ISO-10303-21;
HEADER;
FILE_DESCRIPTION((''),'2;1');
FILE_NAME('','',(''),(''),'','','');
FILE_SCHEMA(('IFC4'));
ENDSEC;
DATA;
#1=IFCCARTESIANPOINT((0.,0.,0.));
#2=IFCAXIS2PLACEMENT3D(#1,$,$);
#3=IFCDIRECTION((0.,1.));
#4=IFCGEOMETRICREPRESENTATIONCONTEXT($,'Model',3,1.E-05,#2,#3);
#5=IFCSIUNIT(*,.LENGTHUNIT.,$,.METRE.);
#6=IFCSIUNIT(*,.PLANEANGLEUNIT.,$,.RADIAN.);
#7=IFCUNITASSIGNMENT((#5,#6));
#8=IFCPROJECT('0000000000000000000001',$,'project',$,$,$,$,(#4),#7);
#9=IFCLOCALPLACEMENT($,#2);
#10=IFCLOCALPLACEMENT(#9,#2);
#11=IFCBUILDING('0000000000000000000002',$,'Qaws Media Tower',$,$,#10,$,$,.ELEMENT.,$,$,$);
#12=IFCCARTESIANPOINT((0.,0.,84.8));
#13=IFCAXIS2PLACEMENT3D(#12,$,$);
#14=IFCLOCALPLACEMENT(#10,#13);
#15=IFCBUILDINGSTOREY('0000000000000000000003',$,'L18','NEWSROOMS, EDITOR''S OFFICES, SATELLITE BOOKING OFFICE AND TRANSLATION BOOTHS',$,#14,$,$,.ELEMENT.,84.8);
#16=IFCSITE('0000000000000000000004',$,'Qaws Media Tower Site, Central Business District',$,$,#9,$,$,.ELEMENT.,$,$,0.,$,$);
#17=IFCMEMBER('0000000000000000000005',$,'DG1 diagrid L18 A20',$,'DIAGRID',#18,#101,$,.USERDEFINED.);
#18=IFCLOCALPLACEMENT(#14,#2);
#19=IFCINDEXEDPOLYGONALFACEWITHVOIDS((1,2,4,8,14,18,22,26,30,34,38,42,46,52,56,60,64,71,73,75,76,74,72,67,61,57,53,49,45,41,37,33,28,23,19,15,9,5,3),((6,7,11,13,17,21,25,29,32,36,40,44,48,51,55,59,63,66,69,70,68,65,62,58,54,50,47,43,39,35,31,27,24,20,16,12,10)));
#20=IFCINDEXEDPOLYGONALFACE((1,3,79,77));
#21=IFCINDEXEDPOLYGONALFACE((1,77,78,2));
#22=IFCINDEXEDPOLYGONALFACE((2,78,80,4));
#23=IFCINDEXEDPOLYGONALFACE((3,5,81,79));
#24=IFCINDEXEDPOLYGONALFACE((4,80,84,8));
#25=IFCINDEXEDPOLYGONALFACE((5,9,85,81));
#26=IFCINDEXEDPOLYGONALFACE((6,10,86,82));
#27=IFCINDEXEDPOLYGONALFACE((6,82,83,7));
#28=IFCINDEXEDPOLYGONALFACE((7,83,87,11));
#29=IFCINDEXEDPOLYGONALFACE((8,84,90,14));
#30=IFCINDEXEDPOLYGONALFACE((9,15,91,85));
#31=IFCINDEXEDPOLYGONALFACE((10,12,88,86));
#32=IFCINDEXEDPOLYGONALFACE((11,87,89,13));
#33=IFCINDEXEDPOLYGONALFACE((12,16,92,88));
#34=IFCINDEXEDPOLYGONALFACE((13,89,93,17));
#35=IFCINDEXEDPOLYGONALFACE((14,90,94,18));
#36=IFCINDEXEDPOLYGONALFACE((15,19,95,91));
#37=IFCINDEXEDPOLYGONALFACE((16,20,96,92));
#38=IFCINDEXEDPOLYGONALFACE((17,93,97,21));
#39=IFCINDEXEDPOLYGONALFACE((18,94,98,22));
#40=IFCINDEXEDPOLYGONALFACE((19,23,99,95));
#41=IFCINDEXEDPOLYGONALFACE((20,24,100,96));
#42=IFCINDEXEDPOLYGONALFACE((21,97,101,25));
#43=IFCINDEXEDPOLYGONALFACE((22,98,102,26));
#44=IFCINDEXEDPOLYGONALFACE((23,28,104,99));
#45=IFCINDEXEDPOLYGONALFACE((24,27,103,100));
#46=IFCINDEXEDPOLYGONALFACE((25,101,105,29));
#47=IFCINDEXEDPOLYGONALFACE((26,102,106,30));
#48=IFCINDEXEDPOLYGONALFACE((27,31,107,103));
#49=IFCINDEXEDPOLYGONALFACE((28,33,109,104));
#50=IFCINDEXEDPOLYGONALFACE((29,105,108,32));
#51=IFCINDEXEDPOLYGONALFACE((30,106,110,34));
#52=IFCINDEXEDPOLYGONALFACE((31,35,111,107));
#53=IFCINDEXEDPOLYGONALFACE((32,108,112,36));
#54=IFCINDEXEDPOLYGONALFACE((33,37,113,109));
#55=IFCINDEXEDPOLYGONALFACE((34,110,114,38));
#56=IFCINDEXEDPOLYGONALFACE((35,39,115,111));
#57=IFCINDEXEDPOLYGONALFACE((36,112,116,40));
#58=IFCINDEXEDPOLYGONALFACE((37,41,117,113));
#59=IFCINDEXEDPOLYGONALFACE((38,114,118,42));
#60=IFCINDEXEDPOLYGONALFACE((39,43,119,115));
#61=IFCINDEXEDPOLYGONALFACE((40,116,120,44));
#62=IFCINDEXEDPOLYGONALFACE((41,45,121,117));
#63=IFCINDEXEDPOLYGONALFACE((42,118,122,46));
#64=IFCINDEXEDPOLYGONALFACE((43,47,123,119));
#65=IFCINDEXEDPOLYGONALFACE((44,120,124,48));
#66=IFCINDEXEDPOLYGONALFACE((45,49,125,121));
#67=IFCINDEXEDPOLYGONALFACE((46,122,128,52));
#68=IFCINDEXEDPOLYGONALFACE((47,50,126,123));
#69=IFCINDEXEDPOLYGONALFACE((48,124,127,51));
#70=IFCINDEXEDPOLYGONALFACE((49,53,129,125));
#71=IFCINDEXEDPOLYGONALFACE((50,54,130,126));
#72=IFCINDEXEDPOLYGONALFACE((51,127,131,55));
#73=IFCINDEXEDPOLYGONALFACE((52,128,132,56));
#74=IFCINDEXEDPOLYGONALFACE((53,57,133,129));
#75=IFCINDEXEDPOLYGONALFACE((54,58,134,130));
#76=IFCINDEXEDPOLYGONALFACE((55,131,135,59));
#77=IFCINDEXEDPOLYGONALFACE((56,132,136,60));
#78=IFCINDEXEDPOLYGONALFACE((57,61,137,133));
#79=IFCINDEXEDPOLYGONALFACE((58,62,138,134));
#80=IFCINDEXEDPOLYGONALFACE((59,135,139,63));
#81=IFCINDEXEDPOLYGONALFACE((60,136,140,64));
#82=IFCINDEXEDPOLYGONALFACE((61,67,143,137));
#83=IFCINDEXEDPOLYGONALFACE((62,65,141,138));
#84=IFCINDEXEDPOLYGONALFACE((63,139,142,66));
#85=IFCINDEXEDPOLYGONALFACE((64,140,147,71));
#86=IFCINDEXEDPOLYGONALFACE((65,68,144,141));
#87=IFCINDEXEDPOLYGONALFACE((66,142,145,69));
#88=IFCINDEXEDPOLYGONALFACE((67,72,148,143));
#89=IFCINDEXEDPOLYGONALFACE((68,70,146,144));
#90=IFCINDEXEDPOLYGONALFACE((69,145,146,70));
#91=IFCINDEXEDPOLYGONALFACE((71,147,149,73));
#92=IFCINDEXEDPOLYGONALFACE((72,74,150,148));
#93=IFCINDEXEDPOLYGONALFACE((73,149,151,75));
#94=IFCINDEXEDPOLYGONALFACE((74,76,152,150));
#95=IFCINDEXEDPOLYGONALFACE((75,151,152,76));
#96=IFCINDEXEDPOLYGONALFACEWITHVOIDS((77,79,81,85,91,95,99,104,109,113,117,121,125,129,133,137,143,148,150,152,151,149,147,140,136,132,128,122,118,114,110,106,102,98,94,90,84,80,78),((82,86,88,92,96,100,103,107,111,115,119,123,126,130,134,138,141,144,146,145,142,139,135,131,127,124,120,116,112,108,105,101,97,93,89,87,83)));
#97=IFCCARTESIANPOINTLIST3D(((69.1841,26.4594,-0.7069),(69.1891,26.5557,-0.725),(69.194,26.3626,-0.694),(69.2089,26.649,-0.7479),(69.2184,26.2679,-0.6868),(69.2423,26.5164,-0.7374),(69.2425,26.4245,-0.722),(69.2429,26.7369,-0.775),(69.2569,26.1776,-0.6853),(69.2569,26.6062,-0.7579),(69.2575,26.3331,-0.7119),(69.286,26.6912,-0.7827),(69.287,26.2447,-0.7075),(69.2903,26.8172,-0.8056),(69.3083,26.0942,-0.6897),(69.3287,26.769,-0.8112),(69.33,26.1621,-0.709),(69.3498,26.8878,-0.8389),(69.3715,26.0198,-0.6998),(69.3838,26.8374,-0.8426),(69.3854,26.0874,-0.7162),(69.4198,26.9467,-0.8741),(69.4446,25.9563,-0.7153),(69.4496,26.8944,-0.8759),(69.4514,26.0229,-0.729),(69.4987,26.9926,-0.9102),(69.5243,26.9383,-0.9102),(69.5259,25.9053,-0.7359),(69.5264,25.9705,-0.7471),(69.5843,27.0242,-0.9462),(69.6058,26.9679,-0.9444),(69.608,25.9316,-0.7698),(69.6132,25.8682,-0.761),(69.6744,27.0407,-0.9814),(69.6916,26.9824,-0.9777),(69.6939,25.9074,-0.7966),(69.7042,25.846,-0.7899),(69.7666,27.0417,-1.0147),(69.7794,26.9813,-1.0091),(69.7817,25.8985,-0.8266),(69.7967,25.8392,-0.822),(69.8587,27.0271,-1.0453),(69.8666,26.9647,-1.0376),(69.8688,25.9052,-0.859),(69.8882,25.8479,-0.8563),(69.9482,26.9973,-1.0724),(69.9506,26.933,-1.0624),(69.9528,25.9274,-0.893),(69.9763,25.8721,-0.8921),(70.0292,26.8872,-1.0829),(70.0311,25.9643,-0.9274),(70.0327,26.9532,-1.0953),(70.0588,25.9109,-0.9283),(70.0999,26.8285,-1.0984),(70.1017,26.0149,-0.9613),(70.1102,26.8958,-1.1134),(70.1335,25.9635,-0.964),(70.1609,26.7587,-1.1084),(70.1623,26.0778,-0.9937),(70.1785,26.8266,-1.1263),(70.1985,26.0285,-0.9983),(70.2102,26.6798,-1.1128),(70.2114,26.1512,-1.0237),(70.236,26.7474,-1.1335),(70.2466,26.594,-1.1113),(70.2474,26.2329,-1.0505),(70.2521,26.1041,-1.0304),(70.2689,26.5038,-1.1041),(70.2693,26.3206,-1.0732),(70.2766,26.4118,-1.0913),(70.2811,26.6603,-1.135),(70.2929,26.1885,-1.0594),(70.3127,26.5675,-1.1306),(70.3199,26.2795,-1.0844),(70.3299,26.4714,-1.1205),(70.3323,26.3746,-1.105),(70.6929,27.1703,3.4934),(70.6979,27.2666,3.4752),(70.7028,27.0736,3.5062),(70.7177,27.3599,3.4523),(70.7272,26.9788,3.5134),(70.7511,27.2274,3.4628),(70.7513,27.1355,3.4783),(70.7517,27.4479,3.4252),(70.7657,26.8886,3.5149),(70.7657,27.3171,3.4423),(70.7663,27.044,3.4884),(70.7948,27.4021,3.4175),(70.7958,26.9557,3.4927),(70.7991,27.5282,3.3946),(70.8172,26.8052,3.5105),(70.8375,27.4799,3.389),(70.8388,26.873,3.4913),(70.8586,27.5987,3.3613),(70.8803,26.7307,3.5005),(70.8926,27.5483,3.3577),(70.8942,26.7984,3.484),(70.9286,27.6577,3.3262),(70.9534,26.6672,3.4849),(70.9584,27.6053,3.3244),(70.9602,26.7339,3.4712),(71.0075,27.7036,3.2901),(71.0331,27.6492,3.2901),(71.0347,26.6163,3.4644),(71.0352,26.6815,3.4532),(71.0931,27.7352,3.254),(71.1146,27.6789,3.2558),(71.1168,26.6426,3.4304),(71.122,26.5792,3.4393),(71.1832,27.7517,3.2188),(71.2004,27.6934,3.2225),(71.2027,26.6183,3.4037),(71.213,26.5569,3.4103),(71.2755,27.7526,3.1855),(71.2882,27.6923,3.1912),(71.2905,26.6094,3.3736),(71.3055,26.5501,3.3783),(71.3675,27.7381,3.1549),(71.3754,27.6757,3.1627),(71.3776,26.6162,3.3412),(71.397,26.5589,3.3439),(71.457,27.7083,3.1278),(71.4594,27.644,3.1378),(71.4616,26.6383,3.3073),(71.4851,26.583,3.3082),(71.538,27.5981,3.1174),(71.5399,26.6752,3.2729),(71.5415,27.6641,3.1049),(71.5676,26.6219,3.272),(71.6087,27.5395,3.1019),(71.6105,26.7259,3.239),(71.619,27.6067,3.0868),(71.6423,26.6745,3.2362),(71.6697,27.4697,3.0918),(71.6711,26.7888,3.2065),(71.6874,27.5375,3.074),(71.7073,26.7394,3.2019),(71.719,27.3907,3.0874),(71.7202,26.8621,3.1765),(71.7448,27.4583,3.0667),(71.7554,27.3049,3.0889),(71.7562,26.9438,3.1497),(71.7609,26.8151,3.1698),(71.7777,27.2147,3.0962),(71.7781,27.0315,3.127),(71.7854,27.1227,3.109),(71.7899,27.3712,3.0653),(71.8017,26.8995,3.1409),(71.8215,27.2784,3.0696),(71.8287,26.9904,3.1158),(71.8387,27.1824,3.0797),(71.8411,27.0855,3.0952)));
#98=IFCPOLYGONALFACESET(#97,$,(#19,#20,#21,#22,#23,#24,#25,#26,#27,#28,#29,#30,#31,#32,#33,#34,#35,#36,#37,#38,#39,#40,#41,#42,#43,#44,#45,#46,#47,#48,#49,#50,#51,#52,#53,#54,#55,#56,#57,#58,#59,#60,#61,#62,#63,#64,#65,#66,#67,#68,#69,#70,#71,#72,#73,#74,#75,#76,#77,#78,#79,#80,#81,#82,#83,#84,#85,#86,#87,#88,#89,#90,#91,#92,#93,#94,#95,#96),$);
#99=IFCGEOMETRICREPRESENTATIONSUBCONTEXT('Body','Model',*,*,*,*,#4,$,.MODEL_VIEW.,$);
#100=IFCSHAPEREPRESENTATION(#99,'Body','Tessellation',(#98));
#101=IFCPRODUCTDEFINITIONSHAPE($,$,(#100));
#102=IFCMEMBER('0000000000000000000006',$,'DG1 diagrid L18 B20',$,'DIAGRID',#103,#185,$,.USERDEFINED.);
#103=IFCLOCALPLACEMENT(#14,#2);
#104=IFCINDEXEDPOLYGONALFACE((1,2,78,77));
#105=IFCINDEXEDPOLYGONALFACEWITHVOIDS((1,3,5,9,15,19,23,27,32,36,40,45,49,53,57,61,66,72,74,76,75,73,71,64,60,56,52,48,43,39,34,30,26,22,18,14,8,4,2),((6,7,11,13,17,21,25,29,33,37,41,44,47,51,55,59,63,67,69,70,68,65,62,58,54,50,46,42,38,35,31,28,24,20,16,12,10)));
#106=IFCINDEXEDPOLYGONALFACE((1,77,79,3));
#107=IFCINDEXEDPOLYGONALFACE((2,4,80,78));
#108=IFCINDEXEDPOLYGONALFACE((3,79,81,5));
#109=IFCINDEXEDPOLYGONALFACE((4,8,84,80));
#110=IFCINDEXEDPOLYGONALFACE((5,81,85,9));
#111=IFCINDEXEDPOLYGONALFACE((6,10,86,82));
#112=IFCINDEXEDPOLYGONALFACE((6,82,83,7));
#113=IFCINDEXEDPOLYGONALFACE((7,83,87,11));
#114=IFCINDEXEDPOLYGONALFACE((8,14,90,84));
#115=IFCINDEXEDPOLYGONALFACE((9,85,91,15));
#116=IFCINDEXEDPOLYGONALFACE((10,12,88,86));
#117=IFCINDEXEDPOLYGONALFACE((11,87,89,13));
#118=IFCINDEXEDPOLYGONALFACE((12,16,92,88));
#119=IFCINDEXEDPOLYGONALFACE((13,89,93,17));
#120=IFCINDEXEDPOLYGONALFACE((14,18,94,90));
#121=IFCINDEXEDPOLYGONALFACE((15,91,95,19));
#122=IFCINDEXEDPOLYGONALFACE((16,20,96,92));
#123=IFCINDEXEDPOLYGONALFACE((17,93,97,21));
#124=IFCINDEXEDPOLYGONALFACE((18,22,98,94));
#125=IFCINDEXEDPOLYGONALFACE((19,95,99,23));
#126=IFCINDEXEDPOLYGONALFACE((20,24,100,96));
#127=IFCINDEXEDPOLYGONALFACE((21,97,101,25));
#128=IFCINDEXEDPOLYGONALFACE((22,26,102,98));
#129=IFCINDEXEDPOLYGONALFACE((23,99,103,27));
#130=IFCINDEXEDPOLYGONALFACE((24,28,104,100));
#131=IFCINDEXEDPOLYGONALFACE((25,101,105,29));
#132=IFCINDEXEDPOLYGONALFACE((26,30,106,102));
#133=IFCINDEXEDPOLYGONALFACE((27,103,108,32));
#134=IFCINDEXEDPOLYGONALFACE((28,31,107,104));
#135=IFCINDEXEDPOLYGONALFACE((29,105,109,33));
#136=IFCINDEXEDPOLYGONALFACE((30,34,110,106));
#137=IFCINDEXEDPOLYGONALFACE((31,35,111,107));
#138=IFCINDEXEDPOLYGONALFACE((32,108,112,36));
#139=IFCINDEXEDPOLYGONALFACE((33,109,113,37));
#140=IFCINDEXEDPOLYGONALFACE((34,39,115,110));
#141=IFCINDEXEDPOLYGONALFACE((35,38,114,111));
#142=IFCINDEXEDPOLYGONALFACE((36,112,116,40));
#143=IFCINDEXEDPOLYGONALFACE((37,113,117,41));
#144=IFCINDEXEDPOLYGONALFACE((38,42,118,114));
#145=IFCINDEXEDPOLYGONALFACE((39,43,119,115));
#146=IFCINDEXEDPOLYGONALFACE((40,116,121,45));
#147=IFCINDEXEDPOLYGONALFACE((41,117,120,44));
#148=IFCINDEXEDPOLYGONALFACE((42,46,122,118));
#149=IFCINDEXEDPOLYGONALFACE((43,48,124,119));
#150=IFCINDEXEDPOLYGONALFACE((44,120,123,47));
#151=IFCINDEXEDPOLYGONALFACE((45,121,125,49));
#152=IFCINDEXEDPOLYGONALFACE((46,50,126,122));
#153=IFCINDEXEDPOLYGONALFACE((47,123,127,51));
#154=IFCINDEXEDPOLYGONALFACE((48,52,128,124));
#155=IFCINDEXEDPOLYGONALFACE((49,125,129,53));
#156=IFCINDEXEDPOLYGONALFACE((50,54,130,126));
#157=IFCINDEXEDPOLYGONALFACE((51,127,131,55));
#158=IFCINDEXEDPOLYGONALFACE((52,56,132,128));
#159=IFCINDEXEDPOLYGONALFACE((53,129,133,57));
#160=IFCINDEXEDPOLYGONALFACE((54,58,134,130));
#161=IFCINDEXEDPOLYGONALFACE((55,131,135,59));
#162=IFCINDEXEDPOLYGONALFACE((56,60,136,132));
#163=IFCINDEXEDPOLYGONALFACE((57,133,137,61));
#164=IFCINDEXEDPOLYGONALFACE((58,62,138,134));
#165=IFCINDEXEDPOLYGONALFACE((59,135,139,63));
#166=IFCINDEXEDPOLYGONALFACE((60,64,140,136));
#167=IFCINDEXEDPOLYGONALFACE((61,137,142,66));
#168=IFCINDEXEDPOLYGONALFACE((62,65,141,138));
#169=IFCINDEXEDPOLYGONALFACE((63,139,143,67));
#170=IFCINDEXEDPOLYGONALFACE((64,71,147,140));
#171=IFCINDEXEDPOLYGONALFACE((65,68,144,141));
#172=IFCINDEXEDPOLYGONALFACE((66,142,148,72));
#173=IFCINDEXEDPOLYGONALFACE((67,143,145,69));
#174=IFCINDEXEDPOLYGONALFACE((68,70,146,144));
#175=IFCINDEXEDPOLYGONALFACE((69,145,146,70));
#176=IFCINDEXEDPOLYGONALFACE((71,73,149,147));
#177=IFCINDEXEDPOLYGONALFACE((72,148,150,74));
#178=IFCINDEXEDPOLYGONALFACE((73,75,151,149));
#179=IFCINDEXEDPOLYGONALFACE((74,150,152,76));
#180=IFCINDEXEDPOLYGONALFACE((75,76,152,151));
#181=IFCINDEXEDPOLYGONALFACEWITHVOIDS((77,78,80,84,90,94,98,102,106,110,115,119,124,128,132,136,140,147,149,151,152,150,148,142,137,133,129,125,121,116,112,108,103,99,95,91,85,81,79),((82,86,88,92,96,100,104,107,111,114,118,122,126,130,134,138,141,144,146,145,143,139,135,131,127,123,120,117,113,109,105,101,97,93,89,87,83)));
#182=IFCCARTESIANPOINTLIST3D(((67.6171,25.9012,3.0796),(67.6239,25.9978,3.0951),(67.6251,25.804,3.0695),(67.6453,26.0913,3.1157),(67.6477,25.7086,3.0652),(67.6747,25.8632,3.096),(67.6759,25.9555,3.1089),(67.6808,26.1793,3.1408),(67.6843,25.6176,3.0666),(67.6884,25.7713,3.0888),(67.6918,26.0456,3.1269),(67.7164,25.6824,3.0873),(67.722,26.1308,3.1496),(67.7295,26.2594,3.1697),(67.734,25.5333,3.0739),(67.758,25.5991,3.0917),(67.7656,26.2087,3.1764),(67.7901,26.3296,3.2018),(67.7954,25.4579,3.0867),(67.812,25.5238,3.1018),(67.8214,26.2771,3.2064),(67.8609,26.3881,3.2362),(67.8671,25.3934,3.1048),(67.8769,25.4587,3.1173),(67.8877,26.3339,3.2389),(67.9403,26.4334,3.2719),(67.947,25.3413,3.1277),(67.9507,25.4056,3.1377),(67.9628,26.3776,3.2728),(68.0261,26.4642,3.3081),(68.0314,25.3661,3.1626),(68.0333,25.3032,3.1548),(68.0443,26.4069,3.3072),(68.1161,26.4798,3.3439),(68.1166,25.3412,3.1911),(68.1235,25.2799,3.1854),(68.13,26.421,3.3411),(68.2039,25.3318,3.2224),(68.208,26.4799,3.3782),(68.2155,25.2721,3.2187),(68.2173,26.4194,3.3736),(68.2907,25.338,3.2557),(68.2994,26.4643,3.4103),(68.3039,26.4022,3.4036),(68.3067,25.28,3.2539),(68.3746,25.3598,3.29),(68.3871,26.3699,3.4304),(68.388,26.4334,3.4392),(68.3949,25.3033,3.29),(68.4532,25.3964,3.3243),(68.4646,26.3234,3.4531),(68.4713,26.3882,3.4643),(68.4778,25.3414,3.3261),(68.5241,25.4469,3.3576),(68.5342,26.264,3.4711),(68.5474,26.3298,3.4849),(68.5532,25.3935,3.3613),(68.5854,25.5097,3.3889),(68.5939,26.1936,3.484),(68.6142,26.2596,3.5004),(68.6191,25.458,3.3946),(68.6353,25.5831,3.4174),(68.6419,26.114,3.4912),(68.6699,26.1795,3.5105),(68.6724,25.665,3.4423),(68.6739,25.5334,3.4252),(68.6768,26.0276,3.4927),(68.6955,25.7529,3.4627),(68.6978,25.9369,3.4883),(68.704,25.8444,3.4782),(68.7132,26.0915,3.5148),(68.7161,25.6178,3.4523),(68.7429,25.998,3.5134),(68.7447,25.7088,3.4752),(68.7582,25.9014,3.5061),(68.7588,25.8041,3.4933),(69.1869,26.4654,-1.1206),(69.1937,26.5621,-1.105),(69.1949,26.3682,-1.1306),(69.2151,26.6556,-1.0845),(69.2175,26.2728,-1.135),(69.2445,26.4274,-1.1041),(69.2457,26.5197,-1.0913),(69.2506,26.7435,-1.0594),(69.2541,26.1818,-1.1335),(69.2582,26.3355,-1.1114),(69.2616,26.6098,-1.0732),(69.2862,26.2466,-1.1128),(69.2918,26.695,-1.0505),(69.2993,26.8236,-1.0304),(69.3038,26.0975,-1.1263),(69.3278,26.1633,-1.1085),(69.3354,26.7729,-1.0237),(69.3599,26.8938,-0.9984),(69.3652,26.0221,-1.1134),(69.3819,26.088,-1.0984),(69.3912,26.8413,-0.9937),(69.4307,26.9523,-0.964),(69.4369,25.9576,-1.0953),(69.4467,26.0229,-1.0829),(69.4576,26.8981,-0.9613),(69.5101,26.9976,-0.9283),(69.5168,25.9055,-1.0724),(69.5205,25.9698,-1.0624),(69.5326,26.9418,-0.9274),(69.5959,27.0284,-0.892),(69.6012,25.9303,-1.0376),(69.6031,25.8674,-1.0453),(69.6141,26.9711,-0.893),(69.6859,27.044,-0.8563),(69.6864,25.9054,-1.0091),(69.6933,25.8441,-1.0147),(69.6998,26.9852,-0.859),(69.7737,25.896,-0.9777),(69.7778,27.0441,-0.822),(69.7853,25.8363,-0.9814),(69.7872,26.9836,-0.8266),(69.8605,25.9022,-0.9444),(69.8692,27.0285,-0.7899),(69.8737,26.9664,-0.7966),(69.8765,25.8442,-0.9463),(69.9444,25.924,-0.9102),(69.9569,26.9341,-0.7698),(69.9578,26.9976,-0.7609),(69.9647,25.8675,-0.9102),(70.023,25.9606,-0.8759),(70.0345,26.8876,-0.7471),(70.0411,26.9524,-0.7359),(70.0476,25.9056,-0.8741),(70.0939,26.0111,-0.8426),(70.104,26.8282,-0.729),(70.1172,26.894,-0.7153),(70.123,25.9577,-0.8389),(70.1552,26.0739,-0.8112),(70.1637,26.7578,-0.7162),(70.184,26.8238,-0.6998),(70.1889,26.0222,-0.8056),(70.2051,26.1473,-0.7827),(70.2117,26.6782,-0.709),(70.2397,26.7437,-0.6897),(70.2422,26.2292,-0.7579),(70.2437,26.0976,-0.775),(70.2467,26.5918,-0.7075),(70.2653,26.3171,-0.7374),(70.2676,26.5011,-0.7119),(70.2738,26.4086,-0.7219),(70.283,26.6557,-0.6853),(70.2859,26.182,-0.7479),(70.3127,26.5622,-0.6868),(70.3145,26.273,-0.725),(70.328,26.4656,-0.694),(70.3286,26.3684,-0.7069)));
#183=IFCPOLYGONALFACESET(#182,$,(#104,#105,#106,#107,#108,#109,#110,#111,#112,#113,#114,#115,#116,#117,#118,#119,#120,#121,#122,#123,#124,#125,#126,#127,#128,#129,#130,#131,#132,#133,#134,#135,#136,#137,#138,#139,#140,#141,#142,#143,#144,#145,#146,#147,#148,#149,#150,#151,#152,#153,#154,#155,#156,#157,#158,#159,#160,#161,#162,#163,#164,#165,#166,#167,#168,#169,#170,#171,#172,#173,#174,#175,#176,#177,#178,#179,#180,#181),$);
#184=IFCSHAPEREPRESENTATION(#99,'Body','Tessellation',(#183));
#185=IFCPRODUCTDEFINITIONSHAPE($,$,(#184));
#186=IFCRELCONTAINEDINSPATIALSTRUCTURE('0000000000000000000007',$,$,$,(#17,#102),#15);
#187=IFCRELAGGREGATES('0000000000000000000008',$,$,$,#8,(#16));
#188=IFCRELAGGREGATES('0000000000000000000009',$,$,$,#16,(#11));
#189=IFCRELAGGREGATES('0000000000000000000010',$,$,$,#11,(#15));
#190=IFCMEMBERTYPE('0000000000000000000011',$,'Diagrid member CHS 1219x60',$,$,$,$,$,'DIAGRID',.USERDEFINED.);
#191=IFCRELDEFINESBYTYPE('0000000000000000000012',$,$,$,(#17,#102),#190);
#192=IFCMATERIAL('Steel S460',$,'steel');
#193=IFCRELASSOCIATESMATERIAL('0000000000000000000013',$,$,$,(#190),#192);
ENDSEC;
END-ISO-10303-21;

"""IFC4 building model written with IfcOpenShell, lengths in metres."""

from ifc_helpers import new_model, si_unit, direction, frame, origin, origin_2d, place, context, subcontext, project, spatial, hollow_circle, extrude, material, material_profile, profile_set, type_object, element, save


model = new_model("IFC4")

# Units and contexts
model_context = context("Model", 3, precision=1e-05, world=origin(), true_north=direction((0.0, 1.0)))
body_context = subcontext(model_context, "Body", "Model", "MODEL_VIEW")
ifc_project = project(units=[si_unit("LENGTHUNIT", "METRE"), si_unit("PLANEANGLEUNIT", "RADIAN")], contexts=[model_context])

# Site, building, storey
site_placement = place(None, origin())
site = spatial("IfcSite", under=ifc_project, at=site_placement, Name="Qaws Media Tower Site, Central Business District", CompositionType="ELEMENT", RefElevation=0.0)
building_placement = place(site_placement, origin())
building = spatial("IfcBuilding", under=site, at=building_placement, Name="Qaws Media Tower", CompositionType="ELEMENT")
storey_placement = place(building_placement, frame((0.0, 0.0, 84.8)))
storey = spatial("IfcBuildingStorey", under=building, at=storey_placement, Name="L18", Description="NEWSROOMS, EDITOR'S OFFICES, SATELLITE BOOKING OFFICE AND TRANSLATION BOOTHS", CompositionType="ELEMENT", Elevation=84.8)

# Members
ifc_material_1 = material(Name="Steel S460", Category="steel")
ifc_material_profile_1 = material_profile(ifc_material_1, hollow_circle(Radius=0.6096, WallThickness=0.0601, at=origin_2d()), Name="CHS 1219x60")
ifc_profile_set_1 = profile_set([ifc_material_profile_1], Name="Steel S460")
member_type_1 = type_object("IfcMemberType", Name="Diagrid member CHS 1219x60", ElementType="DIAGRID", PredefinedType="USERDEFINED", material=ifc_profile_set_1)
for number, where, z_axis, x_axis, name in (
    (1, (69.7585, 26.4412, -0.9102), (0.333859, 0.157314, 0.929403), (-0.426248, 0.904606, 0.0), "DG1 diagrid L18 A20"),
    (2, (69.7585, 26.4412, -0.9102), (-0.347358, -0.124844, 0.929385), (0.338227, -0.941065, 0.0), "DG1 diagrid L18 B20"),
):
    element("IfcMember", number, at=place(storey_placement, frame(where, z_axis=z_axis, x_axis=x_axis)), inside=storey, type_object=member_type_1, Name=name, ObjectType="DIAGRID", PredefinedType="USERDEFINED", context=body_context, shape_type="SweptSolid", body=[
        extrude(hollow_circle(Radius=0.6096, WallThickness=0.0601, at=origin_2d()), origin(), (0.0, 0.0, 1.0), 4.5193),
    ])

save(model, "model.ifc")
